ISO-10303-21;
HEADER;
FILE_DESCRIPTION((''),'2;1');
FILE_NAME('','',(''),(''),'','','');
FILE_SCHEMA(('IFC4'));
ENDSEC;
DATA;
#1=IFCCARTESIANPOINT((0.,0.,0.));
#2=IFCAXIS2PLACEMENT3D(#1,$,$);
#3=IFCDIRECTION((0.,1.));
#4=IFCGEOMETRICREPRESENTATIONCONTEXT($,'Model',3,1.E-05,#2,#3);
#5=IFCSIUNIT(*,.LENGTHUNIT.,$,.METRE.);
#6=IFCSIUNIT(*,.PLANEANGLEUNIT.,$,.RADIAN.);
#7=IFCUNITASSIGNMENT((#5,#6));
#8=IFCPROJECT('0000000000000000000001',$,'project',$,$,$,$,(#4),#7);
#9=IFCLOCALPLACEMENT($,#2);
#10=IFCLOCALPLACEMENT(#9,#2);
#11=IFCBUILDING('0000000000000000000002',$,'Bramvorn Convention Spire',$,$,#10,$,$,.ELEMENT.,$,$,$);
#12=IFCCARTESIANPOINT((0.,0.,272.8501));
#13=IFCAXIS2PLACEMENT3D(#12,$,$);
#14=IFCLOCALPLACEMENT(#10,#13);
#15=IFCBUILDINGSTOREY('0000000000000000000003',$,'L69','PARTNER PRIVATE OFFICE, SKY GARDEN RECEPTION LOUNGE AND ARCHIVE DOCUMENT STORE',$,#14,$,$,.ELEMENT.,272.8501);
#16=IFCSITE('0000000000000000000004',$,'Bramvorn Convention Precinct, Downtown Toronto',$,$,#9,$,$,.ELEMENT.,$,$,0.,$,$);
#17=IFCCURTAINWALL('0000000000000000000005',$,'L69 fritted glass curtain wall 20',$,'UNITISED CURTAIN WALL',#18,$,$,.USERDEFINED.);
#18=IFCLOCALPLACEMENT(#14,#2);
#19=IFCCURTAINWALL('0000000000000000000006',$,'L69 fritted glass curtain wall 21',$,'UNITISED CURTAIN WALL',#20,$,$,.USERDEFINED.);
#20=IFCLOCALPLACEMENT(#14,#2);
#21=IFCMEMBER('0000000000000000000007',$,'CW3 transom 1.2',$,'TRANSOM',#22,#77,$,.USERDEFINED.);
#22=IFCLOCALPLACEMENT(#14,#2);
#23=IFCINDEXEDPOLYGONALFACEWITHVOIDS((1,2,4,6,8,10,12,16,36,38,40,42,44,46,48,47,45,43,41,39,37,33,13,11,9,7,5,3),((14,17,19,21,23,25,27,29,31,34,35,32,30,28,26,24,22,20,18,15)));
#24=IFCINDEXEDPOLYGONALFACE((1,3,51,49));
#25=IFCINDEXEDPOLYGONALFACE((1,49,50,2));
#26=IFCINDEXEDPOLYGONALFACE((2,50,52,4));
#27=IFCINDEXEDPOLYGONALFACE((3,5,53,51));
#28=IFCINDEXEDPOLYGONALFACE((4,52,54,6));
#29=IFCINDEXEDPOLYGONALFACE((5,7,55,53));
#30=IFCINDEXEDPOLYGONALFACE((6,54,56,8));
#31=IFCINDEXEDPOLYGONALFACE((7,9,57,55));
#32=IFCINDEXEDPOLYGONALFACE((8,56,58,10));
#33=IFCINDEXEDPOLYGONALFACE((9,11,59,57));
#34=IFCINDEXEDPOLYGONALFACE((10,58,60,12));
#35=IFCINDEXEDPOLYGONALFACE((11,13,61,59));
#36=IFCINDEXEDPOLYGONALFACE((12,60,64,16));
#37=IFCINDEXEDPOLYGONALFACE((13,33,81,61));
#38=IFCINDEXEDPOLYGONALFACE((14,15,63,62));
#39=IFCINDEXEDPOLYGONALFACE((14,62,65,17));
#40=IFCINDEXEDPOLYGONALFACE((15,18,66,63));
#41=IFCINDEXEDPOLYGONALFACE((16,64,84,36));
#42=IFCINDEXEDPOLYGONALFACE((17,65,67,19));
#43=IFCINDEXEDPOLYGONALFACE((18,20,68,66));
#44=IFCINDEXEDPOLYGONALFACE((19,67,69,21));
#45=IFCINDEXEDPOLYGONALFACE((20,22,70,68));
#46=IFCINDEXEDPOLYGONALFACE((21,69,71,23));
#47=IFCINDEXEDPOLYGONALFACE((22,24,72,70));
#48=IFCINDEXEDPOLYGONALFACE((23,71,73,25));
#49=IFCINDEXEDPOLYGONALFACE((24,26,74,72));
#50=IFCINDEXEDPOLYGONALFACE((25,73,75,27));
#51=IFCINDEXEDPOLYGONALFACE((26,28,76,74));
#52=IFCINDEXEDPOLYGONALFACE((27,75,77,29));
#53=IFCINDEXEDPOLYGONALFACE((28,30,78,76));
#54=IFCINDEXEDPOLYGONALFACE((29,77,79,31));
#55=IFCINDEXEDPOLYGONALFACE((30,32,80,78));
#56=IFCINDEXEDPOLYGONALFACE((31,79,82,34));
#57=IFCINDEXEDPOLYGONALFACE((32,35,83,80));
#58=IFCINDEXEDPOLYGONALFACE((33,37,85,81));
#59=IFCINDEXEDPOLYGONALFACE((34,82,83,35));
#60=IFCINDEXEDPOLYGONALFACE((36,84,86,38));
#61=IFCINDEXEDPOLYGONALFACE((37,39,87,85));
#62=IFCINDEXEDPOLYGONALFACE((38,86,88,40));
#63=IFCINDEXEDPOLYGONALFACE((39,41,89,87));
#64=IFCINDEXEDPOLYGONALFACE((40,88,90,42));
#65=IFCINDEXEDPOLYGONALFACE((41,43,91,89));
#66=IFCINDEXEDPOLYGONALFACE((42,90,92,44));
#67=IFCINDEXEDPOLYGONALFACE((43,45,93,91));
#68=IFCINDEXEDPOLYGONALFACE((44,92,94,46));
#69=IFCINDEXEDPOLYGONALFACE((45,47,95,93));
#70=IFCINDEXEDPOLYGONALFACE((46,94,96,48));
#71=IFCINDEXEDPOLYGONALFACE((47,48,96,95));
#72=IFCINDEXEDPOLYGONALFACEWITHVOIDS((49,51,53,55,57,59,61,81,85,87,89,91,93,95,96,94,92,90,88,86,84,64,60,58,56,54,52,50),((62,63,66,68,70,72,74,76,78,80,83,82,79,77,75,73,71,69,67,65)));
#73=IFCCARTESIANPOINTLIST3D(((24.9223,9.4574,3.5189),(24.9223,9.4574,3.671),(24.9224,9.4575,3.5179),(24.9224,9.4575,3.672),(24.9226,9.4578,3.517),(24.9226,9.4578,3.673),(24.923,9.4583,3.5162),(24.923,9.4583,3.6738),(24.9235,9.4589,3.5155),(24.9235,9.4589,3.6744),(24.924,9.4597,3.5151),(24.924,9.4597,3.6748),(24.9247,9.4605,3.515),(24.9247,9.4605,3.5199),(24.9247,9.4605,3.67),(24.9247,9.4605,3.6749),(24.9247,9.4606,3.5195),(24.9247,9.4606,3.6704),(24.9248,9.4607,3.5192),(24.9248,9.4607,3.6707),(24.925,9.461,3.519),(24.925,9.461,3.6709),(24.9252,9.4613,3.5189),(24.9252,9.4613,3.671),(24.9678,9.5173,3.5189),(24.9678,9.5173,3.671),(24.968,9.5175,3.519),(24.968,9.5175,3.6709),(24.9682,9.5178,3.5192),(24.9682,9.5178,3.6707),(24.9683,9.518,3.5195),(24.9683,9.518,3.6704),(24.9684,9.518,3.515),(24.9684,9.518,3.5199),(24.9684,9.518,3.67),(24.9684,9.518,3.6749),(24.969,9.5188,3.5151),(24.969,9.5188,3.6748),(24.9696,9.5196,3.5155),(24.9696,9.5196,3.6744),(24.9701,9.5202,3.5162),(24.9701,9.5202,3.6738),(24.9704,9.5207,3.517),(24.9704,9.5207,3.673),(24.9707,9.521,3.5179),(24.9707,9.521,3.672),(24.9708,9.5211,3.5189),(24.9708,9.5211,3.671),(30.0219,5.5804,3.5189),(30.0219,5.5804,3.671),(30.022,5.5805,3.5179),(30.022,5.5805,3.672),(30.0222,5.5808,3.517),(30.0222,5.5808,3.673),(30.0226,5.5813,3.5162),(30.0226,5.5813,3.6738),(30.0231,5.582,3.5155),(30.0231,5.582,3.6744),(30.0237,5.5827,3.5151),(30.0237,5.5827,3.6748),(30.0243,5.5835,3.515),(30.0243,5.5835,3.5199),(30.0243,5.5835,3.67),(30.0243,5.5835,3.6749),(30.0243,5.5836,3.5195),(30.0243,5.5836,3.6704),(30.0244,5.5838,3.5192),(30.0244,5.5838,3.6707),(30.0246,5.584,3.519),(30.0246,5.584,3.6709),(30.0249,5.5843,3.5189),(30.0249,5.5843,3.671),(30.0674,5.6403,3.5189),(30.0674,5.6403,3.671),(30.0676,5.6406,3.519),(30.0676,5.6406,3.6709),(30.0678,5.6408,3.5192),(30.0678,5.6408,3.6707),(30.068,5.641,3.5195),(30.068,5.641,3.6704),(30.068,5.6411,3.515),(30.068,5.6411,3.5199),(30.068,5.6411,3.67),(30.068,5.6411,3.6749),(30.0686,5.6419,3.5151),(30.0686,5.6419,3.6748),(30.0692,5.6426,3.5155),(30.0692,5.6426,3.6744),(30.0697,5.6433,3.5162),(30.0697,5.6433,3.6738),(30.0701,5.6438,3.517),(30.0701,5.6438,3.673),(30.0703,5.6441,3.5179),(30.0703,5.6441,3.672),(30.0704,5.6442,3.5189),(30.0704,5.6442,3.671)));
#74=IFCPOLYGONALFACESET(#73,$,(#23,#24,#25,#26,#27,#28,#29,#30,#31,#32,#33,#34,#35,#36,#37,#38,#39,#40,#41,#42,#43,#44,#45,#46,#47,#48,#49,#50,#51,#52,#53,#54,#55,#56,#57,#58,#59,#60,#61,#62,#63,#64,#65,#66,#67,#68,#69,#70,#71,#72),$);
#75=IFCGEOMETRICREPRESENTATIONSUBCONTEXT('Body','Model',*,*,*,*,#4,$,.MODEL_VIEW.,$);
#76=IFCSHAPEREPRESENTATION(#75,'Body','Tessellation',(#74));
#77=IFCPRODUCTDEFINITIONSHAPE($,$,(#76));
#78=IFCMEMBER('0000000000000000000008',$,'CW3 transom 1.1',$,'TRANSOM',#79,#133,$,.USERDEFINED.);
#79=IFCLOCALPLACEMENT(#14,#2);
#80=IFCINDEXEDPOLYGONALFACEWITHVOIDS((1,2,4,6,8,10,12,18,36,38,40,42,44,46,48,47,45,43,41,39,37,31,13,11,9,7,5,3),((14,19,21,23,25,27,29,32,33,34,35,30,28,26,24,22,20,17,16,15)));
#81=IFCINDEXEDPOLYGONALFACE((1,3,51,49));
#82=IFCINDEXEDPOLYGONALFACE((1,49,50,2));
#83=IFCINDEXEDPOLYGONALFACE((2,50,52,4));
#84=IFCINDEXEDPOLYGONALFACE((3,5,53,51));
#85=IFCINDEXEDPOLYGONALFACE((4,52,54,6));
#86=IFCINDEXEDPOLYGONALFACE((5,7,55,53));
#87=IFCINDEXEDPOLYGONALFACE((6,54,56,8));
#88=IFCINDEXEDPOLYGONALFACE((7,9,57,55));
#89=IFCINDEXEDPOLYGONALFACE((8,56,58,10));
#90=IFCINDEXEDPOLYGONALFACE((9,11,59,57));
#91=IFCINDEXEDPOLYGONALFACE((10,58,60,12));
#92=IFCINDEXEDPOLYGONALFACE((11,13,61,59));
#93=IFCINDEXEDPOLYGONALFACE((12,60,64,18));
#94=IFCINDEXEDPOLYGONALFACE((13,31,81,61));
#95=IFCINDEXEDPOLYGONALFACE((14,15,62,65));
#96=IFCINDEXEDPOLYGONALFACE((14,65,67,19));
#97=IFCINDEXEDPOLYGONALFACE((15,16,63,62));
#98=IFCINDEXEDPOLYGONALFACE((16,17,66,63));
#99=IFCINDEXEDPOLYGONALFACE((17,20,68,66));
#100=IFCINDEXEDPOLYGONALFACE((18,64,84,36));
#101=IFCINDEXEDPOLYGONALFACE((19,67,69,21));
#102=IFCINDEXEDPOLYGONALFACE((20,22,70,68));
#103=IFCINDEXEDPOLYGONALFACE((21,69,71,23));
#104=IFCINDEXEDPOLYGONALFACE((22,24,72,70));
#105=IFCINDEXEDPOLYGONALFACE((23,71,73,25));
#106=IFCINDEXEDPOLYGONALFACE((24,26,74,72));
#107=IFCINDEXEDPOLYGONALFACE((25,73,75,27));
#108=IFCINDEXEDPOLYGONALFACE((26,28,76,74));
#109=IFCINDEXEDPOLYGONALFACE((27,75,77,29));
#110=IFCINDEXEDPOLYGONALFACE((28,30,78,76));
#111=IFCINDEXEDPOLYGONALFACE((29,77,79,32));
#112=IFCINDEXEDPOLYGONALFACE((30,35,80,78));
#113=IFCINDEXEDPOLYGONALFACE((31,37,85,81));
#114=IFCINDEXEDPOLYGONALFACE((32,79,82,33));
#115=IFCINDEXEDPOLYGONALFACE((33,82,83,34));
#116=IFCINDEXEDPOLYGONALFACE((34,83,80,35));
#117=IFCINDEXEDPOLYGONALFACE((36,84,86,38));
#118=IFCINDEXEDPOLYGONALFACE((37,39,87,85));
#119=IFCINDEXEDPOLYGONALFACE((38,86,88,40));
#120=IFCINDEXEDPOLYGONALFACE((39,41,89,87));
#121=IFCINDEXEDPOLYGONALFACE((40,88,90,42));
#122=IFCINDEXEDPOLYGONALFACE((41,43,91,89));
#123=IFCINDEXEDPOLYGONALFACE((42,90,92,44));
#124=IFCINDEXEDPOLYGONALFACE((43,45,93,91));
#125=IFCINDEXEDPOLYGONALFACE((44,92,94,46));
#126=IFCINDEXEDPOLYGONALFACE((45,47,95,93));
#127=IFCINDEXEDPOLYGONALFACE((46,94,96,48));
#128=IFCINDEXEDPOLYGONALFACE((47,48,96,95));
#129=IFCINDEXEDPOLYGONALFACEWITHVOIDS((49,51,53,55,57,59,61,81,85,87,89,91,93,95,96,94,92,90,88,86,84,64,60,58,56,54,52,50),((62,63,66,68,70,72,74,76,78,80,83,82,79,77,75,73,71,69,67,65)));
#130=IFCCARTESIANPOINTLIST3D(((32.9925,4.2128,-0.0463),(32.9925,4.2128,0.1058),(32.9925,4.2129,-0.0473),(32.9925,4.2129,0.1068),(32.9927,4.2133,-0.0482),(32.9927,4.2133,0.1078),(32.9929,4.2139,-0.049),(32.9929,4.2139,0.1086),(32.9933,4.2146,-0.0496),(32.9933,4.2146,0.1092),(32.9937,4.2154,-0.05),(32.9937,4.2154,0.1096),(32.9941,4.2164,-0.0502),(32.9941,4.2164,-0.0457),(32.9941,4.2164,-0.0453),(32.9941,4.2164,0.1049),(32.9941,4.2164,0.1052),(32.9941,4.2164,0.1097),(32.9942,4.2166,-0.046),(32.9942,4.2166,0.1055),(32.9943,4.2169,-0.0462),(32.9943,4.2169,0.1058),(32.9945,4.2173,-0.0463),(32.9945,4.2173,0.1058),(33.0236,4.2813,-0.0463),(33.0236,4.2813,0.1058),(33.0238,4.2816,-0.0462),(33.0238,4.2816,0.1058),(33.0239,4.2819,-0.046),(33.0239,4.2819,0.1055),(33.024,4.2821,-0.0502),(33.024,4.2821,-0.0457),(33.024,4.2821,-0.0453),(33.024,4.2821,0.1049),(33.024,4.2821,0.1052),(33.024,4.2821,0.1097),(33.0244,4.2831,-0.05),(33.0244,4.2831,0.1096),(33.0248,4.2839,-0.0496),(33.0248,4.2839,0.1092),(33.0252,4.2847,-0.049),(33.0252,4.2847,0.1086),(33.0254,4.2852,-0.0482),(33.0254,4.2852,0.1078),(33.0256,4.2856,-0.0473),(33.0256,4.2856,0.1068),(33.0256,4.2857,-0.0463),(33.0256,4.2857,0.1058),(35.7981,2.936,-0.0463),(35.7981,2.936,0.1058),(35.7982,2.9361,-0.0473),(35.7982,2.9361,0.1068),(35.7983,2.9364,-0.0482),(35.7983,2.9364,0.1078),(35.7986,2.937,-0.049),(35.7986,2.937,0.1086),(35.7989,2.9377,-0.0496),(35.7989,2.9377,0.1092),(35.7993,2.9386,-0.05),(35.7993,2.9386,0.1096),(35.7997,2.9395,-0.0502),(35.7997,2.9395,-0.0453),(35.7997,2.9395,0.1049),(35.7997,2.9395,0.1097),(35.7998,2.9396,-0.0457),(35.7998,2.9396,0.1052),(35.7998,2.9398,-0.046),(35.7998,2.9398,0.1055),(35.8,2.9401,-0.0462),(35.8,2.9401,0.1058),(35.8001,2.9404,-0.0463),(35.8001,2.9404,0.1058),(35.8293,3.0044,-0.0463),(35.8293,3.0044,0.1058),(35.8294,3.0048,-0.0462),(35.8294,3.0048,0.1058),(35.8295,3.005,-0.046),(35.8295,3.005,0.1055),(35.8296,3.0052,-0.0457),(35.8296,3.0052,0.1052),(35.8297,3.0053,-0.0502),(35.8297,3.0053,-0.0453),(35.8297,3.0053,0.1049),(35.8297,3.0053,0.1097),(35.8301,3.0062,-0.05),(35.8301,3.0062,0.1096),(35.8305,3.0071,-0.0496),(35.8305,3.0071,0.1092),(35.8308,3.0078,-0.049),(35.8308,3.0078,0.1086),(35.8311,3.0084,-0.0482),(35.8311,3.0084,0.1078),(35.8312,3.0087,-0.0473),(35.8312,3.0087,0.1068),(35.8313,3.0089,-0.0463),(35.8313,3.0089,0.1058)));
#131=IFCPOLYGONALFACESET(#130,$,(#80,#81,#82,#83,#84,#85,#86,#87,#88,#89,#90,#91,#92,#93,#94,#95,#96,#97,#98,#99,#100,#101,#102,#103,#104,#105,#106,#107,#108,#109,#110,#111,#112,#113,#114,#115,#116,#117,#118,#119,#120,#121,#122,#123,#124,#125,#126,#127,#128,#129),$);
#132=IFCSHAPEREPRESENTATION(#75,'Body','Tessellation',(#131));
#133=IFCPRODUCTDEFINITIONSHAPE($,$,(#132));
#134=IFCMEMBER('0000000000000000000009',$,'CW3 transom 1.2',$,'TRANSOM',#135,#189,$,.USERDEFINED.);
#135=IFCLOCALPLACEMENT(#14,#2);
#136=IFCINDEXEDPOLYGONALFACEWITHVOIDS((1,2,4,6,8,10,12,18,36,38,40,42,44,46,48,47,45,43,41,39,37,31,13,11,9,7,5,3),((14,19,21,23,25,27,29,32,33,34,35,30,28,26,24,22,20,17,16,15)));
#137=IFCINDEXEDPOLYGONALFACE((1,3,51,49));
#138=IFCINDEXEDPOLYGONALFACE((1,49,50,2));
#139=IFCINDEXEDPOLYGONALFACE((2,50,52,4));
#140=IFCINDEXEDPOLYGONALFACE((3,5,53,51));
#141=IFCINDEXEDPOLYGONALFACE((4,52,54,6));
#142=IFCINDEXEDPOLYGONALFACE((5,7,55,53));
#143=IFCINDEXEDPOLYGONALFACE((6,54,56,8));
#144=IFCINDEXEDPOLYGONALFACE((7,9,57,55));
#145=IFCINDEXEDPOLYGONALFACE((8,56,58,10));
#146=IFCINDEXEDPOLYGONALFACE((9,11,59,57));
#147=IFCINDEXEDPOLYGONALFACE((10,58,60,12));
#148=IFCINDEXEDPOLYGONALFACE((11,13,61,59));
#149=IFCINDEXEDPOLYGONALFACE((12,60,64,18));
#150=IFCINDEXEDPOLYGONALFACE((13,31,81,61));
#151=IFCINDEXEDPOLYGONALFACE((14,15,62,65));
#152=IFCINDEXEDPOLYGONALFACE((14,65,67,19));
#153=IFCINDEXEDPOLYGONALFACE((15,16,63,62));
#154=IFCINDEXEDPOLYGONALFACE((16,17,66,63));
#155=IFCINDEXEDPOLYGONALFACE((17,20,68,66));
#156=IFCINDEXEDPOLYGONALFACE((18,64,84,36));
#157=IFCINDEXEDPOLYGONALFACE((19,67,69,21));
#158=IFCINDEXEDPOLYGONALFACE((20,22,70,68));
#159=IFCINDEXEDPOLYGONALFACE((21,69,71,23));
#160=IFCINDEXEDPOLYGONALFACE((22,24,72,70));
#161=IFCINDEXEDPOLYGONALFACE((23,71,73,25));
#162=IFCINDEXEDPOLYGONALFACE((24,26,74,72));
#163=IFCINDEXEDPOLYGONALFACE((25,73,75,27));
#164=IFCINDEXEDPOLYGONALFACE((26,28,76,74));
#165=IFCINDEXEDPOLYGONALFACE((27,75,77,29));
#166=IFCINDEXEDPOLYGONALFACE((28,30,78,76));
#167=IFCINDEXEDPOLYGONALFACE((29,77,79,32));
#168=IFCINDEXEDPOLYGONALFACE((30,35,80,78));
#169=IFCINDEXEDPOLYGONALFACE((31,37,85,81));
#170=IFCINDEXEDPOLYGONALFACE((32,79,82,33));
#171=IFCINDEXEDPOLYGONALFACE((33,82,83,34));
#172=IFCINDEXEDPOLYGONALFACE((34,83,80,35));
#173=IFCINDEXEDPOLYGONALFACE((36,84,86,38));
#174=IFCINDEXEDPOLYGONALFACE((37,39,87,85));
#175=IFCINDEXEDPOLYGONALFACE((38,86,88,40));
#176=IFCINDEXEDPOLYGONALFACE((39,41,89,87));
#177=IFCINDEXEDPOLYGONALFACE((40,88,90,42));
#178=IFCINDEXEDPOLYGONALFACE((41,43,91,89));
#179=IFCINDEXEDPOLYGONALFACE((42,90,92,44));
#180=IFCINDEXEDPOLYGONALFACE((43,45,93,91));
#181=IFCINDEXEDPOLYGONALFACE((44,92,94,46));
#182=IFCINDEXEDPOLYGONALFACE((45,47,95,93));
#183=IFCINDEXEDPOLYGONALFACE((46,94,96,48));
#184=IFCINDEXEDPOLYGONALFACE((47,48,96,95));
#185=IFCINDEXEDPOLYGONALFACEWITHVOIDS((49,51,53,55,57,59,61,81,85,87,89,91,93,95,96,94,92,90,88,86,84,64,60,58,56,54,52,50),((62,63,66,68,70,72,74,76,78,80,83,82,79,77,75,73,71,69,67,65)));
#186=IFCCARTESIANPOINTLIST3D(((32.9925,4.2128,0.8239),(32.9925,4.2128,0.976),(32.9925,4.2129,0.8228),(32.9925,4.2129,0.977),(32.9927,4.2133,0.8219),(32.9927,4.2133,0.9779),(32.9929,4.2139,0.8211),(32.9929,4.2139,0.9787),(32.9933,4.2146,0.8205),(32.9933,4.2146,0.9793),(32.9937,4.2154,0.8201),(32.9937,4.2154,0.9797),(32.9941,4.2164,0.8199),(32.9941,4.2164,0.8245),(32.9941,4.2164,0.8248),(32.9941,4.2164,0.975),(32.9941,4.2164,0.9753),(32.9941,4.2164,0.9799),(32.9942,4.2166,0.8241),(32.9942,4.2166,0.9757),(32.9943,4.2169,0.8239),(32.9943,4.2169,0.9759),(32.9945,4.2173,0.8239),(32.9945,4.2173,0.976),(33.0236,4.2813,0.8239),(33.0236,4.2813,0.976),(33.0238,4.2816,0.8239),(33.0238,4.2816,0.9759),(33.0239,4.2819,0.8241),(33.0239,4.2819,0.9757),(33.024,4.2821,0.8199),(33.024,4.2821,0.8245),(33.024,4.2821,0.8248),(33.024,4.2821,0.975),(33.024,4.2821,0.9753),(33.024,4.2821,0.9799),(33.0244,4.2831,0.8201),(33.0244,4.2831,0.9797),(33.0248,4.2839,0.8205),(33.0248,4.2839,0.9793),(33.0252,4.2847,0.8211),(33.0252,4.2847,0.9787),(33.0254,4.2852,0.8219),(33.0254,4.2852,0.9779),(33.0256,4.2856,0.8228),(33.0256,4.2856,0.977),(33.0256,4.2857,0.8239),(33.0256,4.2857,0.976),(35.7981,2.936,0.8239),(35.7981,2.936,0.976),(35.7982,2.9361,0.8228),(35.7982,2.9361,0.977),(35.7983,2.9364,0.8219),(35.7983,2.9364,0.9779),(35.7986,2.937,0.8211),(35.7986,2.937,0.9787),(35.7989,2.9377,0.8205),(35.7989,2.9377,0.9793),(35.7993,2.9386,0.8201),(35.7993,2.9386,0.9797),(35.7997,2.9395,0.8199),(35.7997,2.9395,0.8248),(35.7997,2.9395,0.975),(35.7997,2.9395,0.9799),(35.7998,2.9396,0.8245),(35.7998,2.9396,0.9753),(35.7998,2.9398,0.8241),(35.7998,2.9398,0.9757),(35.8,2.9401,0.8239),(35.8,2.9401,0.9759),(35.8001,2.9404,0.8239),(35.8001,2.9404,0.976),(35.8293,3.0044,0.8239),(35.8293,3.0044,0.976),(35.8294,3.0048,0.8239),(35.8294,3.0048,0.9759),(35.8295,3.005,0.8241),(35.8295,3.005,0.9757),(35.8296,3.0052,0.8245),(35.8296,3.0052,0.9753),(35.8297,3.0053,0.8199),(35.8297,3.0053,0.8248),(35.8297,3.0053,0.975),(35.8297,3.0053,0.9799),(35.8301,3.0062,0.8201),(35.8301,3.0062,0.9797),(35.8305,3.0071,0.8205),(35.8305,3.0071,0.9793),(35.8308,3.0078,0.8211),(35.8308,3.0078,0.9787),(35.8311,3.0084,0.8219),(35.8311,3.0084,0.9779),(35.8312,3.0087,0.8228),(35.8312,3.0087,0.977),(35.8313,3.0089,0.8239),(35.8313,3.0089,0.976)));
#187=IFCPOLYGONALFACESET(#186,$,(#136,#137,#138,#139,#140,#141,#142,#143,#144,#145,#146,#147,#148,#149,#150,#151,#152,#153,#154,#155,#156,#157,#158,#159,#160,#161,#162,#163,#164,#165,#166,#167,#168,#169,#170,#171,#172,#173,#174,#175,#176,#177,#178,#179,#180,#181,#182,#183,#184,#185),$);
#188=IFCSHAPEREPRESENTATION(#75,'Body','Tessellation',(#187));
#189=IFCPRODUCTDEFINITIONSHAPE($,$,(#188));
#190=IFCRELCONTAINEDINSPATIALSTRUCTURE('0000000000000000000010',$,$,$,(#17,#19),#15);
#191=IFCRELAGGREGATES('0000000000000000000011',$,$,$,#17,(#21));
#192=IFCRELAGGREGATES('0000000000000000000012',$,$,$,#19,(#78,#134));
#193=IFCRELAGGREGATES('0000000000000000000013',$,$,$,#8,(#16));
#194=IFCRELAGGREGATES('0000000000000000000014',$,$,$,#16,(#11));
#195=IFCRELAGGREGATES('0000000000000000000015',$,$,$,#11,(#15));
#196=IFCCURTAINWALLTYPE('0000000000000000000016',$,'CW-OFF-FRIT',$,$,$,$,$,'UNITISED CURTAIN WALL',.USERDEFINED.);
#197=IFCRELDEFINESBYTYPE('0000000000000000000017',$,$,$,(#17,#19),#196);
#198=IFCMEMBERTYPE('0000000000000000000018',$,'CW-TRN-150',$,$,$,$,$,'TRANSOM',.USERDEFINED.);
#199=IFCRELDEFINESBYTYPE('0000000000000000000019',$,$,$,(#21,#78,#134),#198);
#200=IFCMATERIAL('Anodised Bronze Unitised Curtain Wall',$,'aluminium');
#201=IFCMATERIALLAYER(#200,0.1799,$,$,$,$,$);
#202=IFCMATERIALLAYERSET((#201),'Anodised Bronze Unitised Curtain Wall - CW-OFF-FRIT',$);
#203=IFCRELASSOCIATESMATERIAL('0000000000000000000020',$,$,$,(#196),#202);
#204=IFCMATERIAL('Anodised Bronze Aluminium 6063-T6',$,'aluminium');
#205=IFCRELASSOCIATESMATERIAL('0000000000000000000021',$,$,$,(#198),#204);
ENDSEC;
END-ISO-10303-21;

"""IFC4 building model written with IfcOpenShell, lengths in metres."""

from ifc_helpers import new_model, si_unit, direction, frame, origin, origin_2d, place, context, subcontext, project, spatial, hollow_rectangle, extrude, material, layer, layer_set, material_profile, profile_set, type_object, element, aggregate, save


model = new_model("IFC4")

# Units and contexts
model_context = context("Model", 3, precision=1e-05, world=origin(), true_north=direction((0.0, 1.0)))
body_context = subcontext(model_context, "Body", "Model", "MODEL_VIEW")
ifc_project = project(units=[si_unit("LENGTHUNIT", "METRE"), si_unit("PLANEANGLEUNIT", "RADIAN")], contexts=[model_context])

# Site, building, storey
site_placement = place(None, origin())
site = spatial("IfcSite", under=ifc_project, at=site_placement, Name="Bramvorn Convention Precinct, Downtown Toronto", CompositionType="ELEMENT", RefElevation=0.0)
building_placement = place(site_placement, origin())
building = spatial("IfcBuilding", under=site, at=building_placement, Name="Bramvorn Convention Spire", CompositionType="ELEMENT")
storey_placement = place(building_placement, frame((0.0, 0.0, 272.8501)))
storey = spatial("IfcBuildingStorey", under=building, at=storey_placement, Name="L69", Description="PARTNER PRIVATE OFFICE, SKY GARDEN RECEPTION LOUNGE AND ARCHIVE DOCUMENT STORE", CompositionType="ELEMENT", Elevation=272.8501)

# Curtain wall
ifc_material_1 = material(Name="Anodised Bronze Unitised Curtain Wall", Category="aluminium")
ifc_layer_1 = layer(ifc_material_1, 0.1799)
ifc_layer_set_1 = layer_set([ifc_layer_1], Name="Anodised Bronze Unitised Curtain Wall - CW-OFF-FRIT")
curtain_wall_type = type_object("IfcCurtainWallType", Name="CW-OFF-FRIT", ElementType="UNITISED CURTAIN WALL", PredefinedType="USERDEFINED", material=ifc_layer_set_1)
curtain_wall_1_placement = place(storey_placement, origin())
curtain_wall_1 = element("IfcCurtainWall", 1, at=curtain_wall_1_placement, inside=storey, type_object=curtain_wall_type, Name="L69 fritted glass curtain wall 20", ObjectType="UNITISED CURTAIN WALL", PredefinedType="USERDEFINED")
ifc_material_2 = material(Name="Anodised Bronze Aluminium 6063-T6", Category="aluminium")

# Curtain wall
curtain_wall_2_placement = place(storey_placement, origin())
curtain_wall_2 = element("IfcCurtainWall", 2, at=curtain_wall_2_placement, inside=storey, type_object=curtain_wall_type, Name="L69 fritted glass curtain wall 21", ObjectType="UNITISED CURTAIN WALL", PredefinedType="USERDEFINED")

# Members
ifc_material_profile_1 = material_profile(ifc_material_2, hollow_rectangle(XDim=0.0801, YDim=0.1599, WallThickness=0.0039, InnerFilletRadius=0.001, OuterFilletRadius=0.0039, at=origin_2d()))
ifc_profile_set_1 = profile_set([ifc_material_profile_1], Name="Anodised Bronze Aluminium 6063-T6 - CWT80X160")
member_type_1 = type_object("IfcMemberType", Name="CW-TRN-150", ElementType="TRANSOM", PredefinedType="USERDEFINED", material=ifc_profile_set_1)
member_1_placement = place(storey_placement, frame((30.0461, 5.6123, 3.595), z_axis=(-0.796068, 0.605207, 0.0), x_axis=(-0.605207, -0.796068, 0.0)))
member_1 = element("IfcMember", 3, at=member_1_placement, type_object=member_type_1, Name="CW3 transom 1.2", ObjectType="TRANSOM", PredefinedType="USERDEFINED", context=body_context, shape_type="SweptSolid", body=[
    extrude(hollow_rectangle(XDim=0.0801, YDim=0.1599, WallThickness=0.0039, InnerFilletRadius=0.001, OuterFilletRadius=0.0039, at=origin_2d()), origin(), (0.0, 0.0, 1.0), 6.406),
])
aggregate(curtain_wall_1, [member_1])
member_2_placement = place(storey_placement, frame((35.8147, 2.9724, 0.0298), z_axis=(-0.910177, 0.414221, 0.0), x_axis=(-0.414221, -0.910177, 0.0)))
member_2 = element("IfcMember", 4, at=member_2_placement, type_object=member_type_1, Name="CW3 transom 1.1", ObjectType="TRANSOM", PredefinedType="USERDEFINED", context=body_context, shape_type="SweptSolid", body=[
    extrude(hollow_rectangle(XDim=0.0801, YDim=0.1599, WallThickness=0.0039, InnerFilletRadius=0.001, OuterFilletRadius=0.0039, at=origin_2d()), origin(), (0.0, 0.0, 1.0), 3.0825),
])
member_3_placement = place(storey_placement, frame((35.8147, 2.9724, 0.8999), z_axis=(-0.910177, 0.414221, 0.0), x_axis=(-0.414221, -0.910177, 0.0)))
member_3 = element("IfcMember", 5, at=member_3_placement, type_object=member_type_1, Name="CW3 transom 1.2", ObjectType="TRANSOM", PredefinedType="USERDEFINED", context=body_context, shape_type="SweptSolid", body=[
    extrude(hollow_rectangle(XDim=0.0801, YDim=0.1599, WallThickness=0.0039, InnerFilletRadius=0.001, OuterFilletRadius=0.0039, at=origin_2d()), origin(), (0.0, 0.0, 1.0), 3.0825),
])

aggregate(curtain_wall_2, [member_2, member_3])

save(model, "model.ifc")
